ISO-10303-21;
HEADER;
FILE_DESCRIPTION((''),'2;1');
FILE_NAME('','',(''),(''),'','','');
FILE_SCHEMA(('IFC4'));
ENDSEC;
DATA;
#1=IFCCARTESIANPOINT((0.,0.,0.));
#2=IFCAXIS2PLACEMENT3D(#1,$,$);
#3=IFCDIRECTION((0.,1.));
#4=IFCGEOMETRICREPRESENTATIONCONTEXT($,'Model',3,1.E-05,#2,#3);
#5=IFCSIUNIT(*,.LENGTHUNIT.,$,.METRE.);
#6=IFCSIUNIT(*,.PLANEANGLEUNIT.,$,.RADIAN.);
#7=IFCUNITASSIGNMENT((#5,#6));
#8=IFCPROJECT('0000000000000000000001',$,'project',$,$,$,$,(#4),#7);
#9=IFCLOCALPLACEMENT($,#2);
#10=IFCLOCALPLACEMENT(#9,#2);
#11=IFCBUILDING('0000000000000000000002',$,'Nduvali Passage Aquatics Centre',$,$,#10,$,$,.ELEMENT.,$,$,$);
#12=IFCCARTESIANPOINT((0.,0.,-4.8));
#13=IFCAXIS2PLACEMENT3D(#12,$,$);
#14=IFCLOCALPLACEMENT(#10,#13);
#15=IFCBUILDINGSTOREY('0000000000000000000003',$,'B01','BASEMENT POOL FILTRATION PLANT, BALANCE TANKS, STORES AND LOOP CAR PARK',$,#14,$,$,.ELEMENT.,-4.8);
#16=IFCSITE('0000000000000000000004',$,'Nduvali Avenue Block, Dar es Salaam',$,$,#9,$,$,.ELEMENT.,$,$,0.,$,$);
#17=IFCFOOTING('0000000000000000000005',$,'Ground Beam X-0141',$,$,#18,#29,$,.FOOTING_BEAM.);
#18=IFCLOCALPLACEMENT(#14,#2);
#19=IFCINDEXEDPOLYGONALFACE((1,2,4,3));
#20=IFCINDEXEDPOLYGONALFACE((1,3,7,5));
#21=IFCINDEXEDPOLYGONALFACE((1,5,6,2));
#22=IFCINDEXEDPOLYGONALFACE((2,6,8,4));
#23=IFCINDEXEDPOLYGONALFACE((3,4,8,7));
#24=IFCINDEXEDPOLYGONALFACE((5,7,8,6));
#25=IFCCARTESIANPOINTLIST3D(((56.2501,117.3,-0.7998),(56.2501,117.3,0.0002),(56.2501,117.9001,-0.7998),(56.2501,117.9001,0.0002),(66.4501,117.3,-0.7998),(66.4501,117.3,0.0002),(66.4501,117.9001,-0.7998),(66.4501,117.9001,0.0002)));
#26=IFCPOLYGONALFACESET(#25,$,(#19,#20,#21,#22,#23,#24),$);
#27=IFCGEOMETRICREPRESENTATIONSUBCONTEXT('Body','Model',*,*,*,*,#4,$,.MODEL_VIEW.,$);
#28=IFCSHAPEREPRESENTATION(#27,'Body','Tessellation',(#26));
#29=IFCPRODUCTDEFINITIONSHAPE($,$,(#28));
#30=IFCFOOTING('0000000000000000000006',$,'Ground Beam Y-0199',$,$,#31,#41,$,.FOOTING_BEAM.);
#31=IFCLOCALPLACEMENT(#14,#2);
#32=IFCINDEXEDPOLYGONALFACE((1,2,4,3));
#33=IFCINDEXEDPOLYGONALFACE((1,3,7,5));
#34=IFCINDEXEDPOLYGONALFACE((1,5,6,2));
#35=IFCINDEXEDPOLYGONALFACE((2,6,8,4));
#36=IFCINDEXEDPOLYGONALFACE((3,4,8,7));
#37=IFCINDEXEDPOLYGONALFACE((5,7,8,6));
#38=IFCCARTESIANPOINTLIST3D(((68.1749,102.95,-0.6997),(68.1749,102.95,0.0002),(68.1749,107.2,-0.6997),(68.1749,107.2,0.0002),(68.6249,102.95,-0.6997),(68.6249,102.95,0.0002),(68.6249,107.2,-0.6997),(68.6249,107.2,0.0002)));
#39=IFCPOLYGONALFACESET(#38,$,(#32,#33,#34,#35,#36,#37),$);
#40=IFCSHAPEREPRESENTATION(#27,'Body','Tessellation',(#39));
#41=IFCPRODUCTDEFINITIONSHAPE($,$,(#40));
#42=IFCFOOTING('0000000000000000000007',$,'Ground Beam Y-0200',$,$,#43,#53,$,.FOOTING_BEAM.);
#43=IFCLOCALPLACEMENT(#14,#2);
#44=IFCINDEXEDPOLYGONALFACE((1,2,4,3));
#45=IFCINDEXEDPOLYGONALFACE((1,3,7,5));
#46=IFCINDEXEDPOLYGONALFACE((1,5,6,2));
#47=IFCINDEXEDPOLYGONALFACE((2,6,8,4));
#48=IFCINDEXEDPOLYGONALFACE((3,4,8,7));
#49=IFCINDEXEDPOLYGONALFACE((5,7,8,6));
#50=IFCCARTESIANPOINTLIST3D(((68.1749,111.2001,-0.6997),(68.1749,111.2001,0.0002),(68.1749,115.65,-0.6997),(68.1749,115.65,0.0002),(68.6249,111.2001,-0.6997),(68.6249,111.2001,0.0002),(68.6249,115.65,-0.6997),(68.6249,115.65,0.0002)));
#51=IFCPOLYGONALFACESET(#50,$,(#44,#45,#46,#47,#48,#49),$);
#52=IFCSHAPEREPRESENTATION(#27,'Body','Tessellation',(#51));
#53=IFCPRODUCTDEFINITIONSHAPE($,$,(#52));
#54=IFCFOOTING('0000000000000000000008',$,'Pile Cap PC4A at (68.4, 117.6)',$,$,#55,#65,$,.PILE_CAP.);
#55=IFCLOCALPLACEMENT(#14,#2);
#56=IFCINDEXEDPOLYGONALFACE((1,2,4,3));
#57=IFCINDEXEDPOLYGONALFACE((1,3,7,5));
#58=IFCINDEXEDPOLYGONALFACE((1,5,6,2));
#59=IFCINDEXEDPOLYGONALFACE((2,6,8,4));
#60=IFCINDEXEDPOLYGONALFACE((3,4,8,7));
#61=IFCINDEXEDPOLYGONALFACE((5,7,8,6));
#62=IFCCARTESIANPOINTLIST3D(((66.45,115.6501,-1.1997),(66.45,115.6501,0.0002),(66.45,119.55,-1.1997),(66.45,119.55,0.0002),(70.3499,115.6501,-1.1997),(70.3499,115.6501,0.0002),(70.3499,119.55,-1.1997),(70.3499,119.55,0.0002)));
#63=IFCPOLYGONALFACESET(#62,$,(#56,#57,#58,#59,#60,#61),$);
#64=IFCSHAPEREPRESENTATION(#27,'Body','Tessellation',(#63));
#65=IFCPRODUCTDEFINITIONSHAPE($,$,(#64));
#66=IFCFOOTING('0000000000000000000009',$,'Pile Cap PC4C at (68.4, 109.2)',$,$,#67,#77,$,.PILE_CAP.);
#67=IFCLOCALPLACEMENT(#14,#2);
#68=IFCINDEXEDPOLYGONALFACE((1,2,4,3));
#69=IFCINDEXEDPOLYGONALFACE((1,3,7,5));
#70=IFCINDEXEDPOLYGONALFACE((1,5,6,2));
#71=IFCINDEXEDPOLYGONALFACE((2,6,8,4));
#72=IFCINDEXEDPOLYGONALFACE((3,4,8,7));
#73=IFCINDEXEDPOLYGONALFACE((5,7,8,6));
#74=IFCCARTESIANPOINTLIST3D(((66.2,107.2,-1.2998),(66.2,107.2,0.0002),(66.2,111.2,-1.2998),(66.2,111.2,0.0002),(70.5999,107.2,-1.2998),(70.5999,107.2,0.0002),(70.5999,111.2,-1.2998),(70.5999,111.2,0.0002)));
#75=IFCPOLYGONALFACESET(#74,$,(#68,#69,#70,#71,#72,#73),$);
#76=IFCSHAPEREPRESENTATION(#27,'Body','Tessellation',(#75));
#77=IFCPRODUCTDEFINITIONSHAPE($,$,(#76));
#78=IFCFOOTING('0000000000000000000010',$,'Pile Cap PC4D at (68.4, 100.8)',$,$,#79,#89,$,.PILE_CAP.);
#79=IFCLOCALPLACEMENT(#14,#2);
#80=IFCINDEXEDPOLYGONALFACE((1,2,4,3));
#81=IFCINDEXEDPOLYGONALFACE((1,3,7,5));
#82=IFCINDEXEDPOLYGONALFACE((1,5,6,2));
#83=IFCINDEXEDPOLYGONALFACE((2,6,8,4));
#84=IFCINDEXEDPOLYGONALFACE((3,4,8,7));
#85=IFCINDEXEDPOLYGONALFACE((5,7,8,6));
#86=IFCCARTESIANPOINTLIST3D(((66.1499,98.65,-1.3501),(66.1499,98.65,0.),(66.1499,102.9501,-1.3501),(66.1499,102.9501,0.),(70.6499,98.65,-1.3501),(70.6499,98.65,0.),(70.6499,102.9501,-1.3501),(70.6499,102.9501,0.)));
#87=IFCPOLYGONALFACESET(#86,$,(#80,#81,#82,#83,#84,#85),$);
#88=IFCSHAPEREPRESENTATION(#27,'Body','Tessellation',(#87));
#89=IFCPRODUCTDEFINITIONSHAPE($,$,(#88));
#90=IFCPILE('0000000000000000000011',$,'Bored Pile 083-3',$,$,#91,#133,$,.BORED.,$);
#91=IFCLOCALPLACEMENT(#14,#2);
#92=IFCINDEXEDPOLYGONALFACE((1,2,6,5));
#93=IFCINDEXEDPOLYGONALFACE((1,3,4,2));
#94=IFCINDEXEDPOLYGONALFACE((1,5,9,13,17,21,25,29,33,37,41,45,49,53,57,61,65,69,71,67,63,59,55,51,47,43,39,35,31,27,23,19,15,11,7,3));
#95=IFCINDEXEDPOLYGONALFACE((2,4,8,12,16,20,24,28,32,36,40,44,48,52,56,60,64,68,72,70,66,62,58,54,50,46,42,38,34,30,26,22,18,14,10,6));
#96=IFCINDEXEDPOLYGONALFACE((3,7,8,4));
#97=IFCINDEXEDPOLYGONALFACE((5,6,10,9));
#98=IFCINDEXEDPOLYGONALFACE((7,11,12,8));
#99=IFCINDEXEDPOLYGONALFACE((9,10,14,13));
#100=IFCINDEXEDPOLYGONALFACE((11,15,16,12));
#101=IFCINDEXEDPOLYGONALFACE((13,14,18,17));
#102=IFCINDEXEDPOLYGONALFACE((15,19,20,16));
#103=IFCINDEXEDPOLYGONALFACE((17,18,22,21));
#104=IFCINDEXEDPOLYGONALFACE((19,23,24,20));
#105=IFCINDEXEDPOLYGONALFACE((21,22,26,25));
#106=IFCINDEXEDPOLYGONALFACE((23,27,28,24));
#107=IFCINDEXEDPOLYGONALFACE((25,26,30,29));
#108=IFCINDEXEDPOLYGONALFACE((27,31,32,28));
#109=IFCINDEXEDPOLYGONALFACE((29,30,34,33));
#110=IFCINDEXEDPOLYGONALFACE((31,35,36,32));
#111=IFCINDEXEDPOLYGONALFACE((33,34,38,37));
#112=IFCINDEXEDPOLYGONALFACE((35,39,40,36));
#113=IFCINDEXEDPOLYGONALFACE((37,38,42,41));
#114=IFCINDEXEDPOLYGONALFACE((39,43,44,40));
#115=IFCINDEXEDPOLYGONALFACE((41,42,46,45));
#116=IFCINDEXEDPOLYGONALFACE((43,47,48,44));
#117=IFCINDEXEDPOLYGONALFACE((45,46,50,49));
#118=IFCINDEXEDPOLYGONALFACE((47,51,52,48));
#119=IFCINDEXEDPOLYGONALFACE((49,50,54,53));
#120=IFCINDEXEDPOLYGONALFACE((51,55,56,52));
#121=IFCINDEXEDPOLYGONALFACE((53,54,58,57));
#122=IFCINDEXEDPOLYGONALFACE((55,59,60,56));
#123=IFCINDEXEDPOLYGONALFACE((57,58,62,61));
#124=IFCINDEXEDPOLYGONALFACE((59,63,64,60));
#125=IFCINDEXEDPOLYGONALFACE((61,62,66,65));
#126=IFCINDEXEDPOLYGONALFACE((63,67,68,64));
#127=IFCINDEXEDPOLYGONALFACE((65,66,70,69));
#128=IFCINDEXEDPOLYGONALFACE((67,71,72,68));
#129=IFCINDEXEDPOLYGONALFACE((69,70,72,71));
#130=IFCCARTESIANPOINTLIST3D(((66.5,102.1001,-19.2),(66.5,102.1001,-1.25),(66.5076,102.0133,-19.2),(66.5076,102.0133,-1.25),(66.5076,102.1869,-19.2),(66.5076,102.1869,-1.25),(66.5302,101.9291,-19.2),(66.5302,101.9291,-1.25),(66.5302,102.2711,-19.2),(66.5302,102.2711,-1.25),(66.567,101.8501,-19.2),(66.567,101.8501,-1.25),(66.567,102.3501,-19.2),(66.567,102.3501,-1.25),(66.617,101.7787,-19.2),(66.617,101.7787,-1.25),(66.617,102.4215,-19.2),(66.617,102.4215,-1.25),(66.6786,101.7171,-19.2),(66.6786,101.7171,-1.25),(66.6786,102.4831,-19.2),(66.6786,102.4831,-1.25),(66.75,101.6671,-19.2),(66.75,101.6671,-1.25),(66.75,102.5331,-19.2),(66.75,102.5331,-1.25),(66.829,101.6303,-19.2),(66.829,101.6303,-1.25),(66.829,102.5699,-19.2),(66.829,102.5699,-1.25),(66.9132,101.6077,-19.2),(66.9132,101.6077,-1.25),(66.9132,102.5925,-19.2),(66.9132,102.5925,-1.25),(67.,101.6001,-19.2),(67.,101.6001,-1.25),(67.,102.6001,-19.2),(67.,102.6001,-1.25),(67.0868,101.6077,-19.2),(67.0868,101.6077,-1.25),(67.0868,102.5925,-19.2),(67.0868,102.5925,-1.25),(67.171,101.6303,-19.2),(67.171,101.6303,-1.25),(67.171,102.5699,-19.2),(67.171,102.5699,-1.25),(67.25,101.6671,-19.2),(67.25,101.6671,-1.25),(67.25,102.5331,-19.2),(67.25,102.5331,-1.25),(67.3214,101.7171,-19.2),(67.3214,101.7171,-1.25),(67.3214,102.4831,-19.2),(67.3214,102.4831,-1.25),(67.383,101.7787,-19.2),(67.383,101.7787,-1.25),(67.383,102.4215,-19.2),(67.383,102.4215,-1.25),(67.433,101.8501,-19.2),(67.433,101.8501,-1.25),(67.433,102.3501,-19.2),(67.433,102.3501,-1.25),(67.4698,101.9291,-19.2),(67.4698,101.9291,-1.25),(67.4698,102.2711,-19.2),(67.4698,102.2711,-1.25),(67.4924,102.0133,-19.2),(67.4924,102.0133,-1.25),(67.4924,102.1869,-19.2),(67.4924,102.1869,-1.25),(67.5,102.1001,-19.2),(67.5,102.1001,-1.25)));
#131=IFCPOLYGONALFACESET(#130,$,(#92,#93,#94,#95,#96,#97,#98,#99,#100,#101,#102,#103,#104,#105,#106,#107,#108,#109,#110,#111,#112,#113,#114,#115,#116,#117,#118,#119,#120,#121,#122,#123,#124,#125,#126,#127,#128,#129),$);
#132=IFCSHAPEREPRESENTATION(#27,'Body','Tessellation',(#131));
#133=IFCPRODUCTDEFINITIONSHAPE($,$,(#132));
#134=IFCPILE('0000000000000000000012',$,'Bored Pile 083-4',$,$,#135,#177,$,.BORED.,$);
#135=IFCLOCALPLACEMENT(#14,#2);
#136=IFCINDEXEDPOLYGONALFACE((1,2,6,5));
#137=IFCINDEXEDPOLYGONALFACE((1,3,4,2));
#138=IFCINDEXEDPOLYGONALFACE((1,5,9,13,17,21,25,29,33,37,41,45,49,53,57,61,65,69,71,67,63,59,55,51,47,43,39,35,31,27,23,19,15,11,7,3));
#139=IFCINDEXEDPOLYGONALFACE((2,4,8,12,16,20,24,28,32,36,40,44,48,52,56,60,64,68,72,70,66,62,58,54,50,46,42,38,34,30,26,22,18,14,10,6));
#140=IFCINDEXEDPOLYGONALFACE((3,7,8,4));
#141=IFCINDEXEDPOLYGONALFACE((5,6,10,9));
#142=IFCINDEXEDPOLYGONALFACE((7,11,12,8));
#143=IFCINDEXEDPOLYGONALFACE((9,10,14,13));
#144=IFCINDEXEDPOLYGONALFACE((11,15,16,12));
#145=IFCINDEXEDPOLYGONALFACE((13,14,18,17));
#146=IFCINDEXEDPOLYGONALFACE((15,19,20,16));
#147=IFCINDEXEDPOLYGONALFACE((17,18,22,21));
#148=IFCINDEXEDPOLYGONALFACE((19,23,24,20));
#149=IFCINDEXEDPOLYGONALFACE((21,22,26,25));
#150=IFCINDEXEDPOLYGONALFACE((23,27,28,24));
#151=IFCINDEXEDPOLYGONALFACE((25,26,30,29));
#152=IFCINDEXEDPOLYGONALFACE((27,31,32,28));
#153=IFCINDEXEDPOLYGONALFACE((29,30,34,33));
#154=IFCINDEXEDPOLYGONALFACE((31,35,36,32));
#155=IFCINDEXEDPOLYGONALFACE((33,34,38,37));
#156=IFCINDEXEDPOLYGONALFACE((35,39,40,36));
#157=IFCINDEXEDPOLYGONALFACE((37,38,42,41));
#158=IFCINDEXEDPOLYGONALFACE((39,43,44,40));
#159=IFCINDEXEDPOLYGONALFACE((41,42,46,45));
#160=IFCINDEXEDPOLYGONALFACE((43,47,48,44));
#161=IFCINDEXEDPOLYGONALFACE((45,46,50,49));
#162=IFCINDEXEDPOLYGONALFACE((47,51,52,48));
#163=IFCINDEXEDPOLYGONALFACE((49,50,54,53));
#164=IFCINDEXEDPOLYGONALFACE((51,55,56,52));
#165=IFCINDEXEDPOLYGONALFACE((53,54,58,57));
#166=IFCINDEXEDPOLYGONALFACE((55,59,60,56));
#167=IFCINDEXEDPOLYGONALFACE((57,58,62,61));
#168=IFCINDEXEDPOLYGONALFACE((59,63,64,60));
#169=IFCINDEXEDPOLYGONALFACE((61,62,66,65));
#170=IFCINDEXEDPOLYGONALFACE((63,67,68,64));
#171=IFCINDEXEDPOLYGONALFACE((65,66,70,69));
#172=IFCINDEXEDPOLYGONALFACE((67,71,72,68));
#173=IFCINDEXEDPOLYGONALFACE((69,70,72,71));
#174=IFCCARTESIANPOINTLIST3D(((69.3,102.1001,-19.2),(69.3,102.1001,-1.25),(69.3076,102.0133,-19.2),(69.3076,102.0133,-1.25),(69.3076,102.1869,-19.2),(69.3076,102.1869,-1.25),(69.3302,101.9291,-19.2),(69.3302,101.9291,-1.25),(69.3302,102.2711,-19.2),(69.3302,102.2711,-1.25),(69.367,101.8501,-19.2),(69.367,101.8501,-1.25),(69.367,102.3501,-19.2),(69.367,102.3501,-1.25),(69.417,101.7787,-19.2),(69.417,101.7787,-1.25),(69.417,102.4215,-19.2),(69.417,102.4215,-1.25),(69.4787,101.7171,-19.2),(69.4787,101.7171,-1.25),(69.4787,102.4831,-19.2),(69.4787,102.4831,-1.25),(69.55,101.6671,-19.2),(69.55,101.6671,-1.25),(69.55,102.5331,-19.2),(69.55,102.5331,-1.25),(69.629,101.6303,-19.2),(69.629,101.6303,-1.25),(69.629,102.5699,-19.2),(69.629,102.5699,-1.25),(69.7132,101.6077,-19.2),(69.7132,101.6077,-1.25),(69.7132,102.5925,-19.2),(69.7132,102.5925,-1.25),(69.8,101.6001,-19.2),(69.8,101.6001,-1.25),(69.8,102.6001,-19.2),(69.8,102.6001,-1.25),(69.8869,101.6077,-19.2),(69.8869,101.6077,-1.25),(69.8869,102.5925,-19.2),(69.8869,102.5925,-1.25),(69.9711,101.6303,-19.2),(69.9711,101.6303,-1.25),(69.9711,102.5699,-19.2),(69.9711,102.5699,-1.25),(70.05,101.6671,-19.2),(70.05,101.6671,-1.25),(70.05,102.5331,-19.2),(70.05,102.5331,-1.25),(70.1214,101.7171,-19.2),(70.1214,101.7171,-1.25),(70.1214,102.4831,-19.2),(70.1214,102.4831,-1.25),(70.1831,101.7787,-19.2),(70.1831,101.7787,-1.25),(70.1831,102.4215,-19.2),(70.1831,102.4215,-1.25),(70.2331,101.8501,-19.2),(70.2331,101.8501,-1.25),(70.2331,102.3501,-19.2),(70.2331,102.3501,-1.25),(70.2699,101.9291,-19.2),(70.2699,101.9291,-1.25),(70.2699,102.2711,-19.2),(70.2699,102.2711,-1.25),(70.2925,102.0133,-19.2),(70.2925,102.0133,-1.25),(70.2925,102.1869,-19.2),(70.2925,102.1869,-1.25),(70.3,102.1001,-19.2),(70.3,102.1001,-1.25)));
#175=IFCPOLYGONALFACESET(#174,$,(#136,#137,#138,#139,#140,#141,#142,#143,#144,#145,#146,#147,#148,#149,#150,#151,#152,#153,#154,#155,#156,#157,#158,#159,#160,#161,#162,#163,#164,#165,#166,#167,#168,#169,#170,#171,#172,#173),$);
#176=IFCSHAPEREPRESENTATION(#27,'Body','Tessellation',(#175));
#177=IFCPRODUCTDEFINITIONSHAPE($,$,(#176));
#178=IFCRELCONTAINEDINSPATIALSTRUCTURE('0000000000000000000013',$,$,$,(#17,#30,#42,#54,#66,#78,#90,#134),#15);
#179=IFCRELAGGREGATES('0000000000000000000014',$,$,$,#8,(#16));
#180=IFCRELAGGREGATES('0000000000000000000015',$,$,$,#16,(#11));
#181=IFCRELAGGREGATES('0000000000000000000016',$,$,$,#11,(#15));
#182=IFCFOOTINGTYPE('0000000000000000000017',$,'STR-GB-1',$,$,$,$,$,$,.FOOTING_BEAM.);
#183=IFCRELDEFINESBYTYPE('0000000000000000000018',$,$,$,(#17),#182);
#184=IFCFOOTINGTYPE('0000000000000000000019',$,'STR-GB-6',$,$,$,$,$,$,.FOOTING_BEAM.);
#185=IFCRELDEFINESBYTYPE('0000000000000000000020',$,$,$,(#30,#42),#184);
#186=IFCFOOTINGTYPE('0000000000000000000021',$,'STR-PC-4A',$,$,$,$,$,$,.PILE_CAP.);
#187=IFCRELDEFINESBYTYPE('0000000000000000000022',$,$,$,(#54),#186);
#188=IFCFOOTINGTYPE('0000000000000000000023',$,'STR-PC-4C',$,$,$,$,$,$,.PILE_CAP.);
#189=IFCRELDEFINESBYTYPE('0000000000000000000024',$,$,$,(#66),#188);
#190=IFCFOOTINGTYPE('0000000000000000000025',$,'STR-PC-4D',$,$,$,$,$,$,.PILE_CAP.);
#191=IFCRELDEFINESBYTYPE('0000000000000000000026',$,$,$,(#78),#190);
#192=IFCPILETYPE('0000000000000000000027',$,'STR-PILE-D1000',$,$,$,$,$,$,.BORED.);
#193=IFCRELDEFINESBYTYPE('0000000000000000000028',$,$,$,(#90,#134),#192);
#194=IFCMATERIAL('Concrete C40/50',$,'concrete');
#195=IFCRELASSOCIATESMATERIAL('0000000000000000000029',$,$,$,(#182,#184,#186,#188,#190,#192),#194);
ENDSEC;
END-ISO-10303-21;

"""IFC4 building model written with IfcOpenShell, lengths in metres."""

from ifc_helpers import new_model, si_unit, direction, frame, origin, origin_2d, place, context, subcontext, project, spatial, rectangle, circle, extrude, material, material_profile, profile_set, type_object, element, save


model = new_model("IFC4")

# Units and contexts
model_context = context("Model", 3, precision=1e-05, world=origin(), true_north=direction((0.0, 1.0)))
body_context = subcontext(model_context, "Body", "Model", "MODEL_VIEW")
ifc_project = project(units=[si_unit("LENGTHUNIT", "METRE"), si_unit("PLANEANGLEUNIT", "RADIAN")], contexts=[model_context])

# Site, building, storey
site_placement = place(None, origin())
site = spatial("IfcSite", under=ifc_project, at=site_placement, Name="Nduvali Avenue Block, Dar es Salaam", CompositionType="ELEMENT", RefElevation=0.0)
building_placement = place(site_placement, origin())
building = spatial("IfcBuilding", under=site, at=building_placement, Name="Nduvali Passage Aquatics Centre", CompositionType="ELEMENT")
storey_placement = place(building_placement, frame((0.0, 0.0, -4.8)))
storey = spatial("IfcBuildingStorey", under=building, at=storey_placement, Name="B01", Description="BASEMENT POOL FILTRATION PLANT, BALANCE TANKS, STORES AND LOOP CAR PARK", CompositionType="ELEMENT", Elevation=-4.8)

# Footings
ifc_material = material(Name="Concrete C40/50", Category="concrete")
footing_type_1 = type_object("IfcFootingType", Name="STR-GB-1", PredefinedType="FOOTING_BEAM", material=ifc_material)
footing_1_placement = place(storey_placement, frame((61.3501, 117.6001, -0.7998), z_axis=(0.0, 0.0, 1.0), x_axis=(1.0, 0.0, 0.0)))
element("IfcFooting", 1, at=footing_1_placement, inside=storey, type_object=footing_type_1, Name="Ground Beam X-0141", PredefinedType="FOOTING_BEAM", context=body_context, shape_type="SweptSolid", body=[
    extrude(rectangle(XDim=10.2, YDim=0.6001, at=origin_2d()), origin(), (0.0, 0.0, 1.0), 0.8),
])
footing_type_2 = type_object("IfcFootingType", Name="STR-GB-6", PredefinedType="FOOTING_BEAM", material=ifc_material)
footing_2_placement = place(storey_placement, frame((68.3999, 105.075, -0.6997), z_axis=(0.0, 0.0, 1.0), x_axis=(0.0, 1.0, 0.0)))
element("IfcFooting", 2, at=footing_2_placement, inside=storey, type_object=footing_type_2, Name="Ground Beam Y-0199", PredefinedType="FOOTING_BEAM", context=body_context, shape_type="SweptSolid", body=[
    extrude(rectangle(XDim=4.25, YDim=0.45, at=origin_2d()), origin(), (0.0, 0.0, 1.0), 0.7),
])
footing_3_placement = place(storey_placement, frame((68.3999, 113.425, -0.6997), z_axis=(0.0, 0.0, 1.0), x_axis=(0.0, 1.0, 0.0)))
element("IfcFooting", 3, at=footing_3_placement, inside=storey, type_object=footing_type_2, Name="Ground Beam Y-0200", PredefinedType="FOOTING_BEAM", context=body_context, shape_type="SweptSolid", body=[
    extrude(rectangle(XDim=4.45, YDim=0.45, at=origin_2d()), origin(), (0.0, 0.0, 1.0), 0.7),
])
footing_type_3 = type_object("IfcFootingType", Name="STR-PC-4A", PredefinedType="PILE_CAP", material=ifc_material)
footing_4_placement = place(storey_placement, frame((68.3999, 117.6001, -1.1997), z_axis=(0.0, 0.0, 1.0), x_axis=(1.0, 0.0, 0.0)))
element("IfcFooting", 4, at=footing_4_placement, inside=storey, type_object=footing_type_3, Name="Pile Cap PC4A at (68.4, 117.6)", PredefinedType="PILE_CAP", context=body_context, shape_type="SweptSolid", body=[
    extrude(rectangle(XDim=3.8999, YDim=3.8999, at=origin_2d()), origin(), (0.0, 0.0, 1.0), 1.2),
])
footing_type_4 = type_object("IfcFootingType", Name="STR-PC-4C", PredefinedType="PILE_CAP", material=ifc_material)
footing_5_placement = place(storey_placement, frame((68.3999, 109.2, -1.2998), z_axis=(0.0, 0.0, 1.0), x_axis=(1.0, 0.0, 0.0)))
element("IfcFooting", 5, at=footing_5_placement, inside=storey, type_object=footing_type_4, Name="Pile Cap PC4C at (68.4, 109.2)", PredefinedType="PILE_CAP", context=body_context, shape_type="SweptSolid", body=[
    extrude(rectangle(XDim=4.3999, YDim=4.0, at=origin_2d()), origin(), (0.0, 0.0, 1.0), 1.3),
])
footing_type_5 = type_object("IfcFootingType", Name="STR-PC-4D", PredefinedType="PILE_CAP", material=ifc_material)
footing_6_placement = place(storey_placement, frame((68.3999, 100.8, -1.3501), z_axis=(0.0, 0.0, 1.0), x_axis=(1.0, 0.0, 0.0)))
element("IfcFooting", 6, at=footing_6_placement, inside=storey, type_object=footing_type_5, Name="Pile Cap PC4D at (68.4, 100.8)", PredefinedType="PILE_CAP", context=body_context, shape_type="SweptSolid", body=[
    extrude(rectangle(XDim=4.5, YDim=4.3, at=origin_2d()), origin(), (0.0, 0.0, 1.0), 1.3501),
])

# Piles
ifc_material_profile_1 = material_profile(ifc_material, circle(Radius=0.5, at=origin_2d()), Name="PILE D1000")
ifc_profile_set_1 = profile_set([ifc_material_profile_1], Name="Concrete C40/50")
pile_type_1 = type_object("IfcPileType", Name="STR-PILE-D1000", PredefinedType="BORED", material=ifc_profile_set_1)
for number, where, z_axis, x_axis, name in (
    (7, (67.0, 102.1001, -1.25), (0.0, 0.0, -1.0), (1.0, 0.0, 0.0), "Bored Pile 083-3"),
    (8, (69.8, 102.1001, -1.25), (0.0, 0.0, -1.0), (1.0, 0.0, 0.0), "Bored Pile 083-4"),
):
    element("IfcPile", number, at=place(storey_placement, frame(where, z_axis=z_axis, x_axis=x_axis)), inside=storey, type_object=pile_type_1, Name=name, PredefinedType="BORED", context=body_context, shape_type="SweptSolid", body=[
        extrude(circle(Radius=0.5, at=origin_2d()), origin(), (0.0, 0.0, 1.0), 17.95),
    ])

save(model, "model.ifc")
